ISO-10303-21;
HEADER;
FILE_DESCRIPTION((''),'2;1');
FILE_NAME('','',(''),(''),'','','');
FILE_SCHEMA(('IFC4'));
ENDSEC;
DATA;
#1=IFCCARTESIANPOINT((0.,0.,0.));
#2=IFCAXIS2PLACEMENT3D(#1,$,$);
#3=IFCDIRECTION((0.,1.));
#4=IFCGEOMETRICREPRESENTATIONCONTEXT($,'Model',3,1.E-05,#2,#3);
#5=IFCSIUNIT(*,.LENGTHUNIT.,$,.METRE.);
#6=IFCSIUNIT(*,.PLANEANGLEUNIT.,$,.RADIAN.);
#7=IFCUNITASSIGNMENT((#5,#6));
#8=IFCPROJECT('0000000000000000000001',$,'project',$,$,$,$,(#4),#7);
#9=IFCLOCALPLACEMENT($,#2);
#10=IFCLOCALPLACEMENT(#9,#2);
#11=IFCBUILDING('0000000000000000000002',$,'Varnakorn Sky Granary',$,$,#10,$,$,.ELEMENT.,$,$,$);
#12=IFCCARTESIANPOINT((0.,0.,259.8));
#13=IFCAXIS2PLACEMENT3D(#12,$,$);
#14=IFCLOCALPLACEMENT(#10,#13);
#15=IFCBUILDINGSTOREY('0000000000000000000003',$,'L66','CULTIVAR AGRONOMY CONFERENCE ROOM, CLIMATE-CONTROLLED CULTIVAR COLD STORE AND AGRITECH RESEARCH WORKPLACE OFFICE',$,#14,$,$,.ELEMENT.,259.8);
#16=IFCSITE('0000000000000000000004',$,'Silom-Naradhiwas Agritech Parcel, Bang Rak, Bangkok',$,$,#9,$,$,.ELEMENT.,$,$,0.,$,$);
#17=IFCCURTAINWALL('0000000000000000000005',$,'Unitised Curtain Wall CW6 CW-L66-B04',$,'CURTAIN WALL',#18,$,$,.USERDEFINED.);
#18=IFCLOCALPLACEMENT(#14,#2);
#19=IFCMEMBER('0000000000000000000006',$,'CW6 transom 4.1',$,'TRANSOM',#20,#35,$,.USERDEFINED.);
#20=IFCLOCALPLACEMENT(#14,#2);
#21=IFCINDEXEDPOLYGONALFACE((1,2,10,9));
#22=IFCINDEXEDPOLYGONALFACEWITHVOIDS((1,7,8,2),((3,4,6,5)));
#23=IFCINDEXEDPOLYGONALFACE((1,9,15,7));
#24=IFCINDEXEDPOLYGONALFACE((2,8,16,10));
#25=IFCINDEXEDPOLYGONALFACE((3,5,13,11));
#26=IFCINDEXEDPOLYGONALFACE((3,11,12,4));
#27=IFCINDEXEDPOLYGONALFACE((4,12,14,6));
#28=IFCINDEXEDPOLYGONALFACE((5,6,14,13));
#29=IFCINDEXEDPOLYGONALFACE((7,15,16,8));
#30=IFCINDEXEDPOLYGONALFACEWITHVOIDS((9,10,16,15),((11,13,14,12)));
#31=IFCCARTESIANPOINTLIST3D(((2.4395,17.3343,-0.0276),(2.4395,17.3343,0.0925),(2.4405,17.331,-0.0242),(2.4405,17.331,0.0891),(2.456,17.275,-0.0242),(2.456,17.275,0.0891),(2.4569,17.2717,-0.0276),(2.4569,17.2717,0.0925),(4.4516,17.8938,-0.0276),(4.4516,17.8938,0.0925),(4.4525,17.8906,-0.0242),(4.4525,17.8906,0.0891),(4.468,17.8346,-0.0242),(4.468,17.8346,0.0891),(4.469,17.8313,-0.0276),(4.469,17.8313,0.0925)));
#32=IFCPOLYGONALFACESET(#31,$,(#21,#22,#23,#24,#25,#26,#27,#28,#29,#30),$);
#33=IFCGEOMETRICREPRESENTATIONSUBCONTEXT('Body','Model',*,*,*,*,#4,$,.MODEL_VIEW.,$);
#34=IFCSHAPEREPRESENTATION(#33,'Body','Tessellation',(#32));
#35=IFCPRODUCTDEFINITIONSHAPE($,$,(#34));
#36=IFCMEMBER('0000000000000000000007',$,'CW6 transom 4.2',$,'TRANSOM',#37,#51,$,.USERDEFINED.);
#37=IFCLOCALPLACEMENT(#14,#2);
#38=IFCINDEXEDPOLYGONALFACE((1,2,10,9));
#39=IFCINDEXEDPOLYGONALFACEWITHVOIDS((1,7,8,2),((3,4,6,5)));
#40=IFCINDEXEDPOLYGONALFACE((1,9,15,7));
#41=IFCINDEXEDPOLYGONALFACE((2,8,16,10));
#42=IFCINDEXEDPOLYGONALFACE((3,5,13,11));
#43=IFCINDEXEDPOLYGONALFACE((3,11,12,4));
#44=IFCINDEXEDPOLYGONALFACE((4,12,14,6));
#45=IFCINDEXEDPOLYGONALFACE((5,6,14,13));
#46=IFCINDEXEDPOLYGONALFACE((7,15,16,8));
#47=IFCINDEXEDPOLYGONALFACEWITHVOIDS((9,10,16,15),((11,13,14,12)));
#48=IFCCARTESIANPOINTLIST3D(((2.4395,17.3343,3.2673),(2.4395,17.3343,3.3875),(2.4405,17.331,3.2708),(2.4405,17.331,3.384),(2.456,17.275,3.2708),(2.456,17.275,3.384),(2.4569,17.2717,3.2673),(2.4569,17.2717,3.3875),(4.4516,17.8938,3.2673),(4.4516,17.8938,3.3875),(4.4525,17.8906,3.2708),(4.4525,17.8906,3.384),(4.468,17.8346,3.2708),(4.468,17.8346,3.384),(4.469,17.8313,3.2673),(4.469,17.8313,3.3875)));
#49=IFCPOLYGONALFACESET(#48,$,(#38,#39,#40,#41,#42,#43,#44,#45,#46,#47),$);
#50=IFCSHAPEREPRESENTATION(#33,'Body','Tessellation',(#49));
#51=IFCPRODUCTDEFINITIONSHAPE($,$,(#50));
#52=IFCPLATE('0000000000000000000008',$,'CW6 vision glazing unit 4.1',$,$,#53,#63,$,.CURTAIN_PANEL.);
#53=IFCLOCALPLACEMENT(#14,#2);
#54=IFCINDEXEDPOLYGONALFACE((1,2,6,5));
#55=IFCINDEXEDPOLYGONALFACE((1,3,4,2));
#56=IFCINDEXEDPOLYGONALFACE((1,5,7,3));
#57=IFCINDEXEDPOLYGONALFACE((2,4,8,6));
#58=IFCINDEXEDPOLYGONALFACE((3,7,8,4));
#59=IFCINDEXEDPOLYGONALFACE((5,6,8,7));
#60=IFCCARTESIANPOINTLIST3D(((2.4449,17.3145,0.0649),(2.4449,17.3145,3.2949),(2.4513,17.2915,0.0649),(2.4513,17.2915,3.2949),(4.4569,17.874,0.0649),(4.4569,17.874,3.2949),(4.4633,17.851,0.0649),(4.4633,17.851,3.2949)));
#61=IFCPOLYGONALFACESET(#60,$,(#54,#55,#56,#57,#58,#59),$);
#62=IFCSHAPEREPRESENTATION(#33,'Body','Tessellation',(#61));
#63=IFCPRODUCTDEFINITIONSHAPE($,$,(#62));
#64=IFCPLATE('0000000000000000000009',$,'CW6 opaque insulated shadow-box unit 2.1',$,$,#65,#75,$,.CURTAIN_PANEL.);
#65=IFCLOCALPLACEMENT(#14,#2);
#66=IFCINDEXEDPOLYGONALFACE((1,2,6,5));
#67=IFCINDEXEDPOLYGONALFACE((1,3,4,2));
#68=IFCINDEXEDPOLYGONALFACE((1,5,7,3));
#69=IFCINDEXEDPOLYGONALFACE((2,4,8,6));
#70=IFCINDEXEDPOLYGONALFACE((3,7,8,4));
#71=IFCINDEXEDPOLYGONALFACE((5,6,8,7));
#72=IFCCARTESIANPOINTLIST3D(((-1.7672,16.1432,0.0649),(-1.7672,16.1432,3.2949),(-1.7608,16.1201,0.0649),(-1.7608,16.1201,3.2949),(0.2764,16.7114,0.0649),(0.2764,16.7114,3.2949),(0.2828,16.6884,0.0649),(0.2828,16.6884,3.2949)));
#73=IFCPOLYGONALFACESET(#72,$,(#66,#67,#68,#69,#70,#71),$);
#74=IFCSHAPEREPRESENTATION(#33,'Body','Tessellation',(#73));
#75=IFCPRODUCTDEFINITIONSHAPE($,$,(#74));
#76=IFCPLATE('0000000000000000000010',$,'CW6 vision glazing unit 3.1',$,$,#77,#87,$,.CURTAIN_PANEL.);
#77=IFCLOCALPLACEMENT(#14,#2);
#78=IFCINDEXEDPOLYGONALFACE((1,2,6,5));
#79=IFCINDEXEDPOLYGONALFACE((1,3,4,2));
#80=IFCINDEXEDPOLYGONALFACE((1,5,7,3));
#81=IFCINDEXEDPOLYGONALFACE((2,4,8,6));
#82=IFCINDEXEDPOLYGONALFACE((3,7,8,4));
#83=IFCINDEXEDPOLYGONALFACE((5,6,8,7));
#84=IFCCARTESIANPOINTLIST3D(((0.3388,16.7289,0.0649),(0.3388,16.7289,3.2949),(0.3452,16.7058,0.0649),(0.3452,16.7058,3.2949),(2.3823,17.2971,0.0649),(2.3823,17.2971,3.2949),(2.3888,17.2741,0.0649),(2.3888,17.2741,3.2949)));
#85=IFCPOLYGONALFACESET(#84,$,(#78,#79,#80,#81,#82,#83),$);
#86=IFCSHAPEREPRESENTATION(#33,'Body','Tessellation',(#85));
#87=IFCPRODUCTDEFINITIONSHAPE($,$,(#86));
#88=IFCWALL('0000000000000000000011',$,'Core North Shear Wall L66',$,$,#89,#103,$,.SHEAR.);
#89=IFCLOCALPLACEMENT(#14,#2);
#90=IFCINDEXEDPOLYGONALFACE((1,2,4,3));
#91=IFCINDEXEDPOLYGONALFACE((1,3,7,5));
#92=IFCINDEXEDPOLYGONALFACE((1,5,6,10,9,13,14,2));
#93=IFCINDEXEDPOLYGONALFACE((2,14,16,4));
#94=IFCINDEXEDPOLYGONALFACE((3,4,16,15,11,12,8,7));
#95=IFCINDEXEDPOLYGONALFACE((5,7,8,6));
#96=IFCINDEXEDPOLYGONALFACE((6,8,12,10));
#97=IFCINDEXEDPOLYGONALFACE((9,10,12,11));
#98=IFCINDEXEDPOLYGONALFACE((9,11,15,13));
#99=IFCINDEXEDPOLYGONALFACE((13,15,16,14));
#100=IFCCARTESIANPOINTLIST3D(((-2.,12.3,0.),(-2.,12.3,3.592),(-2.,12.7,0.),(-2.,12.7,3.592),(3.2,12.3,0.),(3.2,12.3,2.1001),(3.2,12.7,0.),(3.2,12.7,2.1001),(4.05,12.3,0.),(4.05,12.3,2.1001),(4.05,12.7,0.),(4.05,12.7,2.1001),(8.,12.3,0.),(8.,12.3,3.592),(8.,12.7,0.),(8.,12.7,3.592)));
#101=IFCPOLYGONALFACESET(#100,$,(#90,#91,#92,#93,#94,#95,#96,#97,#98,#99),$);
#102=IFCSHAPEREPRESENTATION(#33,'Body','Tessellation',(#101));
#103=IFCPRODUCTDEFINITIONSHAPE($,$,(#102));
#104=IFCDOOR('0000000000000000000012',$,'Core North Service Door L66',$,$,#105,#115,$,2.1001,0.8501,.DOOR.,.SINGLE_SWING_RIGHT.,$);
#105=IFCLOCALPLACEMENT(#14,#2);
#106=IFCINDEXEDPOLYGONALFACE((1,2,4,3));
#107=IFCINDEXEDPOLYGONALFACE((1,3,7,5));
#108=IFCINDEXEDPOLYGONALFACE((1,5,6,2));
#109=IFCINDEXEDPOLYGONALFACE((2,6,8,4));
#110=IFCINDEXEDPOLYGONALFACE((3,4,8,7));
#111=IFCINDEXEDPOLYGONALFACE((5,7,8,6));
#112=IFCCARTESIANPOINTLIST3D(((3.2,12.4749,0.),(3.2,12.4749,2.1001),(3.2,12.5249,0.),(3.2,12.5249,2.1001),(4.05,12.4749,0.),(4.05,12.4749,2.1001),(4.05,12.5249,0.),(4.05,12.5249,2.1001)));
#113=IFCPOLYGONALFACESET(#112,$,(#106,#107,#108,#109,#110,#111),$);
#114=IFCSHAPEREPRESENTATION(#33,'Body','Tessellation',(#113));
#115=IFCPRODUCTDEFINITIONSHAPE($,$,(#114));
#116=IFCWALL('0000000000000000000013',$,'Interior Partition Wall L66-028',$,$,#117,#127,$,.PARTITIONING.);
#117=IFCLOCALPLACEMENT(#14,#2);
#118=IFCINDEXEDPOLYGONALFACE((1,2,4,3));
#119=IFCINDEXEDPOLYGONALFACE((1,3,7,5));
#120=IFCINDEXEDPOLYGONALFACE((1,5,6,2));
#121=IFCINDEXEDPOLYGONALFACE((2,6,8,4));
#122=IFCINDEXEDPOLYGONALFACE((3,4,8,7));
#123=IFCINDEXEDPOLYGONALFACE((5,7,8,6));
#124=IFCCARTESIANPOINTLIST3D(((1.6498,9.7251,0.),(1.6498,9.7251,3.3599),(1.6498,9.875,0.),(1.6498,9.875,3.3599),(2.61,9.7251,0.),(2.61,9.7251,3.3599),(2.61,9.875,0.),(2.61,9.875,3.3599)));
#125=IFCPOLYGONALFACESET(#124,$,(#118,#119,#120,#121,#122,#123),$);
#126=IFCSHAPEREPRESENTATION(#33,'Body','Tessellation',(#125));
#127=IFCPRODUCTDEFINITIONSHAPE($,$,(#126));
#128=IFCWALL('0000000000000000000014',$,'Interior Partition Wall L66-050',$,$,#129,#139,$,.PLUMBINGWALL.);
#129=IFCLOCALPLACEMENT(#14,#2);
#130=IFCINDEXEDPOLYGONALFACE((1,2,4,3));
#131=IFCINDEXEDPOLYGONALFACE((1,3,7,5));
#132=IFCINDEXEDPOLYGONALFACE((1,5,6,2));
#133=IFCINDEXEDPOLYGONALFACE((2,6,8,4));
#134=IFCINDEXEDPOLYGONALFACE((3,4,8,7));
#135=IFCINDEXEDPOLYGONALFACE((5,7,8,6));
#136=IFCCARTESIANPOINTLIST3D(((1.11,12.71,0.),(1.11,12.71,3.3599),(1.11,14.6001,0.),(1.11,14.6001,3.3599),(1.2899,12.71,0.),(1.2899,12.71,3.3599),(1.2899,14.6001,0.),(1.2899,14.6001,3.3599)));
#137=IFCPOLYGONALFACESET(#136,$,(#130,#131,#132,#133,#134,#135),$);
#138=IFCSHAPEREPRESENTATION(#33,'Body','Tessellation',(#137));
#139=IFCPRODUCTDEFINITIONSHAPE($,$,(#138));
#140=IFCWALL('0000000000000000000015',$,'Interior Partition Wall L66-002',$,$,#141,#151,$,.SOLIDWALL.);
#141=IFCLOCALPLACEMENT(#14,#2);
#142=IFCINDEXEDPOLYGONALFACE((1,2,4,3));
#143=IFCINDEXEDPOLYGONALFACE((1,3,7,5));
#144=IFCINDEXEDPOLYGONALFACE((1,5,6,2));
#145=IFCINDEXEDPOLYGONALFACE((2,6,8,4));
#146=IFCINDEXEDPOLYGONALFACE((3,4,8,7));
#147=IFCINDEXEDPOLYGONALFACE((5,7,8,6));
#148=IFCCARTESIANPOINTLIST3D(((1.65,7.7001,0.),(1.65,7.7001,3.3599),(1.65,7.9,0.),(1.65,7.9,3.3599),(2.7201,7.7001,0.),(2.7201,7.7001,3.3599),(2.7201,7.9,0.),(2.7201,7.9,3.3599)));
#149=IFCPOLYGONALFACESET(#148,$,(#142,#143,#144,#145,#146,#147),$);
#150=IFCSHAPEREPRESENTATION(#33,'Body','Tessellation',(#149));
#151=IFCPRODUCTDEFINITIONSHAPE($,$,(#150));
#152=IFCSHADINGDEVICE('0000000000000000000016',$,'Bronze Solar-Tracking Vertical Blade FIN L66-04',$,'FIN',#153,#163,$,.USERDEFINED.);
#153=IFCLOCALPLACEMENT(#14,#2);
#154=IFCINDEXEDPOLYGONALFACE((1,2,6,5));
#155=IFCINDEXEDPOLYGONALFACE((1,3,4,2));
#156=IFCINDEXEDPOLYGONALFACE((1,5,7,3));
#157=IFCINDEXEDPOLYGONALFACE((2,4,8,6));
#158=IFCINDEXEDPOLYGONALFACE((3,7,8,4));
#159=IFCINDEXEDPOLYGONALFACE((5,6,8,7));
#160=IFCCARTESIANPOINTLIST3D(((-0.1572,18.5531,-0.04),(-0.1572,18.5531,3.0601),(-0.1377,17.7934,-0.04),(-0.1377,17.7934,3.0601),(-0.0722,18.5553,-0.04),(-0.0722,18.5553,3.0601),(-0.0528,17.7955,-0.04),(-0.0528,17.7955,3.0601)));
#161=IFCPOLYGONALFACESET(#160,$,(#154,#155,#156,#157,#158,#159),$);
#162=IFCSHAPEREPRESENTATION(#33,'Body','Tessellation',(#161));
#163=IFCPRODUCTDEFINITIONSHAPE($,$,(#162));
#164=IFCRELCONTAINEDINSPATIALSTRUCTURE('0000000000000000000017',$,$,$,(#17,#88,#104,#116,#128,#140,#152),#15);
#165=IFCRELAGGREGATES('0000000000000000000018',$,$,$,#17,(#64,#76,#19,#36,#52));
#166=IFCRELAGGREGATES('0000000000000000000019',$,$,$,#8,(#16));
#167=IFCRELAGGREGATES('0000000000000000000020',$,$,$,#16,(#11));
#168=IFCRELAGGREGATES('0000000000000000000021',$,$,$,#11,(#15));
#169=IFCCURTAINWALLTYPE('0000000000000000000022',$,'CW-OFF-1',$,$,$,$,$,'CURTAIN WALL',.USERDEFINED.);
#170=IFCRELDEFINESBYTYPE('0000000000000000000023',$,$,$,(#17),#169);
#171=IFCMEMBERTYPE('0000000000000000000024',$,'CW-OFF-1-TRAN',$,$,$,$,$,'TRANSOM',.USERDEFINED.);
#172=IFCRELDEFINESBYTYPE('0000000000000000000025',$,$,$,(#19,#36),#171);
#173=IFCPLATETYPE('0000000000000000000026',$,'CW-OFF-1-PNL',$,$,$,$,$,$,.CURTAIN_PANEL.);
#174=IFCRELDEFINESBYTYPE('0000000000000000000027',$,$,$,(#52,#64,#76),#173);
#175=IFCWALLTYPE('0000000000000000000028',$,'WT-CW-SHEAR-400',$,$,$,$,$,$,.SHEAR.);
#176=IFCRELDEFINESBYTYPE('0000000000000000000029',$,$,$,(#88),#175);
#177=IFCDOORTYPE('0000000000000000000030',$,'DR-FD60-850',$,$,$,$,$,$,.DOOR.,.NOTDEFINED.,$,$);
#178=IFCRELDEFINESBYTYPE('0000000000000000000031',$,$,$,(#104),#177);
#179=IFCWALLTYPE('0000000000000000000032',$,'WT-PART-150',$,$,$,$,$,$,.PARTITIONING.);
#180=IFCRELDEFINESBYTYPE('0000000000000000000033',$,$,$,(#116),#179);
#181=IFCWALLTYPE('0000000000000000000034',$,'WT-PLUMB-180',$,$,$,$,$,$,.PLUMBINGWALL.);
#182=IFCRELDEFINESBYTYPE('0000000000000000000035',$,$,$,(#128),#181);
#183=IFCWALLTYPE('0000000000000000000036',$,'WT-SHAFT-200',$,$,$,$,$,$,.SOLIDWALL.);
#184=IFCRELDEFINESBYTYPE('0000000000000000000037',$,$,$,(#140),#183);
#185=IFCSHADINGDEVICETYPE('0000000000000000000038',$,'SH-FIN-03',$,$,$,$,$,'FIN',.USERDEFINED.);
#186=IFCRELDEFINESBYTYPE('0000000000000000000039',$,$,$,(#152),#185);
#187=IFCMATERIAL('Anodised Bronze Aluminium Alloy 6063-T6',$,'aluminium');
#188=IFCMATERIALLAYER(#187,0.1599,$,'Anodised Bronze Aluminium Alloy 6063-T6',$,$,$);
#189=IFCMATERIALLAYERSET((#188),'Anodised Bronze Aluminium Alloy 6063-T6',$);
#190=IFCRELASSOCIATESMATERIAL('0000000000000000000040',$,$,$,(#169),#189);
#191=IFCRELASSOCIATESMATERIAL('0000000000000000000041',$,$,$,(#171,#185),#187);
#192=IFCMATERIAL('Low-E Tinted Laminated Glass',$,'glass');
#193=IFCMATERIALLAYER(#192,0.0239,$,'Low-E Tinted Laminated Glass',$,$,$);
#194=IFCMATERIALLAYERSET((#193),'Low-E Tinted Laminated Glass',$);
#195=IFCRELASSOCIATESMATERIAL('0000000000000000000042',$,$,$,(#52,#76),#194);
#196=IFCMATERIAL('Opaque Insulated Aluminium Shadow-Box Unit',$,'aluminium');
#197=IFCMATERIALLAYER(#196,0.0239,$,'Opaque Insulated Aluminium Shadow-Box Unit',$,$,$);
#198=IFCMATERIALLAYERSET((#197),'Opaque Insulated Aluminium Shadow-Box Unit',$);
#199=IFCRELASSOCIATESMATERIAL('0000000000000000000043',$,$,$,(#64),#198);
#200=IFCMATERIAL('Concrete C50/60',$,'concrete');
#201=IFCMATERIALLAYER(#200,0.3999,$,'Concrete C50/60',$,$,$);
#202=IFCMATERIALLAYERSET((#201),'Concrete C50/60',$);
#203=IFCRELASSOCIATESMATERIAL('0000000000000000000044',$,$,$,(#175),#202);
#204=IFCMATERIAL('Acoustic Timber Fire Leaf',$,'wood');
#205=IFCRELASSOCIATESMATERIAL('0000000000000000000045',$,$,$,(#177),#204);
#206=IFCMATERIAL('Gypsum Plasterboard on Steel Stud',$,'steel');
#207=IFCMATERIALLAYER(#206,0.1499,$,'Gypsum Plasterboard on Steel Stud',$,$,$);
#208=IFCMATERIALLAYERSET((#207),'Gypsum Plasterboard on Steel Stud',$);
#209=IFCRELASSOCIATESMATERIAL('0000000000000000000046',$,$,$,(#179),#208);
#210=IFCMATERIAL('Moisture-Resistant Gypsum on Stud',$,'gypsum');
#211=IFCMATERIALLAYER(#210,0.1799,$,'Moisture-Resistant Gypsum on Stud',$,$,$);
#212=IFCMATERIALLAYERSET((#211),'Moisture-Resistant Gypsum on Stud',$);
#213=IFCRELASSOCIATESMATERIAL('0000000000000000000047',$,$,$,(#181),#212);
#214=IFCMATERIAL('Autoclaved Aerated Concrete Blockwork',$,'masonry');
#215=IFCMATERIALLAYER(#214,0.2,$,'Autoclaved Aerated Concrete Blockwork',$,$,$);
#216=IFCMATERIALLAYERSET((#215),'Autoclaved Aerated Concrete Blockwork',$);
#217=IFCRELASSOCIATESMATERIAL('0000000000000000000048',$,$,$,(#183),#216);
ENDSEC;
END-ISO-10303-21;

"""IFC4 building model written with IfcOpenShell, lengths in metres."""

from ifc_helpers import new_model, si_unit, direction, frame, frame_2d, origin, origin_2d, place, context, subcontext, project, spatial, rectangle, hollow_rectangle, extrude, source, transform, mapped, material, layer, layer_set, material_profile, profile_set, type_object, type_shapes, element, fill, aggregate, save


model = new_model("IFC4")

# Units and contexts
model_context = context("Model", 3, precision=1e-05, world=origin(), true_north=direction((0.0, 1.0)))
body_context = subcontext(model_context, "Body", "Model", "MODEL_VIEW")
ifc_project = project(units=[si_unit("LENGTHUNIT", "METRE"), si_unit("PLANEANGLEUNIT", "RADIAN")], contexts=[model_context])

# Site, building, storey
site_placement = place(None, origin())
site = spatial("IfcSite", under=ifc_project, at=site_placement, Name="Silom-Naradhiwas Agritech Parcel, Bang Rak, Bangkok", CompositionType="ELEMENT", RefElevation=0.0)
building_placement = place(site_placement, origin())
building = spatial("IfcBuilding", under=site, at=building_placement, Name="Varnakorn Sky Granary", CompositionType="ELEMENT")
storey_placement = place(building_placement, frame((0.0, 0.0, 259.8)))
storey = spatial("IfcBuildingStorey", under=building, at=storey_placement, Name="L66", Description="CULTIVAR AGRONOMY CONFERENCE ROOM, CLIMATE-CONTROLLED CULTIVAR COLD STORE AND AGRITECH RESEARCH WORKPLACE OFFICE", CompositionType="ELEMENT", Elevation=259.8)

# Curtain wall, members, plates
ifc_material_1 = material(Name="Anodised Bronze Aluminium Alloy 6063-T6", Category="aluminium")
ifc_layer_1 = layer(ifc_material_1, 0.1599, Name="Anodised Bronze Aluminium Alloy 6063-T6")
ifc_layer_set_1 = layer_set([ifc_layer_1], Name="Anodised Bronze Aluminium Alloy 6063-T6")
curtain_wall_type = type_object("IfcCurtainWallType", Name="CW-OFF-1", ElementType="CURTAIN WALL", PredefinedType="USERDEFINED", material=ifc_layer_set_1)
curtain_wall_placement = place(storey_placement, origin())
curtain_wall = element("IfcCurtainWall", 1, at=curtain_wall_placement, inside=storey, type_object=curtain_wall_type, Name="Unitised Curtain Wall CW6 CW-L66-B04", ObjectType="CURTAIN WALL", PredefinedType="USERDEFINED")
ifc_material_profile_1 = material_profile(ifc_material_1, hollow_rectangle(XDim=0.0649, YDim=0.1201, WallThickness=0.0034, at=origin_2d()), Name="ALU TRAN 65x120")
ifc_profile_set_1 = profile_set([ifc_material_profile_1], Name="Anodised Bronze Aluminium Alloy 6063-T6")
member_type_1 = type_object("IfcMemberType", Name="CW-OFF-1-TRAN", ElementType="TRANSOM", PredefinedType="USERDEFINED", material=ifc_profile_set_1)
member_1_placement = place(storey_placement, frame((2.4482, 17.303, 0.0325), z_axis=(0.963432, 0.267951, 0.0), x_axis=(-0.267951, 0.963432, 0.0)))
member_1 = element("IfcMember", 2, at=member_1_placement, type_object=member_type_1, Name="CW6 transom 4.1", ObjectType="TRANSOM", PredefinedType="USERDEFINED", context=body_context, shape_type="SweptSolid", body=[
    extrude(hollow_rectangle(XDim=0.0649, YDim=0.1201, WallThickness=0.0034, at=origin_2d()), origin(), (0.0, 0.0, 1.0), 2.0884),
])
member_2_placement = place(storey_placement, frame((2.4482, 17.303, 3.3274), z_axis=(0.963432, 0.267951, 0.0), x_axis=(-0.267951, 0.963432, 0.0)))
member_2 = element("IfcMember", 3, at=member_2_placement, type_object=member_type_1, Name="CW6 transom 4.2", ObjectType="TRANSOM", PredefinedType="USERDEFINED", context=body_context, shape_type="SweptSolid", body=[
    extrude(hollow_rectangle(XDim=0.0649, YDim=0.1201, WallThickness=0.0034, at=origin_2d()), origin(), (0.0, 0.0, 1.0), 2.0884),
])
ifc_material_2 = material(Name="Low-E Tinted Laminated Glass", Category="glass")
ifc_layer_2 = layer(ifc_material_2, 0.0239, Name="Low-E Tinted Laminated Glass")
ifc_layer_set_2 = layer_set([ifc_layer_2], Name="Low-E Tinted Laminated Glass")
plate_type = type_object("IfcPlateType", Name="CW-OFF-1-PNL", PredefinedType="CURTAIN_PANEL")
shared_shape_1 = source(origin(), body_context, "Body", "SweptSolid", [
    extrude(rectangle(XDim=2.0884, YDim=0.0239, at=origin_2d()), origin(), (0.0, 0.0, 1.0), 3.23),
])
plate_1_placement = place(storey_placement, frame((3.4541, 17.5828, 0.0649), z_axis=(0.0, 0.0, 1.0), x_axis=(0.963444, 0.267911, 0.0)))
plate_1 = element("IfcPlate", 4, at=plate_1_placement, type_object=plate_type, material=ifc_layer_set_2, Name="CW6 vision glazing unit 4.1", PredefinedType="CURTAIN_PANEL", context=body_context, shape_type="MappedRepresentation", body=[
    mapped(shared_shape_1, transform((0.0, 0.0, 0.0), x_axis=(1.0, 0.0, 0.0), y_axis=(0.0, 1.0, 0.0), z_axis=(0.0, 0.0, 1.0), scale=1.0)),
])
ifc_material_3 = material(Name="Opaque Insulated Aluminium Shadow-Box Unit", Category="aluminium")
ifc_layer_3 = layer(ifc_material_3, 0.0239, Name="Opaque Insulated Aluminium Shadow-Box Unit")
ifc_layer_set_3 = layer_set([ifc_layer_3], Name="Opaque Insulated Aluminium Shadow-Box Unit")
shared_shape_2 = source(origin(), body_context, "Body", "SweptSolid", [
    extrude(rectangle(XDim=2.1211, YDim=0.0239, at=origin_2d()), origin(), (0.0, 0.0, 1.0), 3.23),
])
type_shapes(plate_type, [shared_shape_1, shared_shape_2])
plate_2_placement = place(storey_placement, frame((-0.7422, 16.4158, 0.0649), z_axis=(0.0, 0.0, 1.0), x_axis=(0.963444, 0.267911, 0.0)))
plate_2 = element("IfcPlate", 5, at=plate_2_placement, type_object=plate_type, material=ifc_layer_set_3, Name="CW6 opaque insulated shadow-box unit 2.1", PredefinedType="CURTAIN_PANEL", context=body_context, shape_type="MappedRepresentation", body=[
    mapped(shared_shape_2, transform((0.0, 0.0, 0.0), x_axis=(1.0, 0.0, 0.0), y_axis=(0.0, 1.0, 0.0), z_axis=(0.0, 0.0, 1.0), scale=1.0)),
])
plate_3_placement = place(storey_placement, frame((1.3638, 17.0015, 0.0649), z_axis=(0.0, 0.0, 1.0), x_axis=(0.963444, 0.267911, 0.0)))
plate_3 = element("IfcPlate", 6, at=plate_3_placement, type_object=plate_type, material=ifc_layer_set_2, Name="CW6 vision glazing unit 3.1", PredefinedType="CURTAIN_PANEL", context=body_context, shape_type="MappedRepresentation", body=[
    mapped(shared_shape_2, transform((0.0, 0.0, 0.0), x_axis=(1.0, 0.0, 0.0), y_axis=(0.0, 1.0, 0.0), z_axis=(0.0, 0.0, 1.0), scale=1.0)),
])
aggregate(curtain_wall, [plate_2, plate_3, member_1, member_2, plate_1])

# Wall, opening, door
ifc_material_4 = material(Name="Concrete C50/60", Category="concrete")
ifc_layer_4 = layer(ifc_material_4, 0.3999, Name="Concrete C50/60")
ifc_layer_set_4 = layer_set([ifc_layer_4], Name="Concrete C50/60")
wall_type_1 = type_object("IfcWallType", Name="WT-CW-SHEAR-400", PredefinedType="SHEAR", material=ifc_layer_set_4)
wall_1_placement = place(storey_placement, frame((-2.0, 12.5, 0.0), z_axis=(0.0, 0.0, 1.0), x_axis=(1.0, 0.0, 0.0)))
wall_1 = element("IfcWall", 7, at=wall_1_placement, inside=storey, type_object=wall_type_1, Name="Core North Shear Wall L66", PredefinedType="SHEAR", context=body_context, shape_type="SweptSolid", body=[
    extrude(rectangle(XDim=10.0, YDim=0.3999, at=frame_2d((5.0, 0.0))), origin(), (0.0, 0.0, 1.0), 3.592),
])
opening_placement = place(wall_1_placement, frame((5.2, 0.0, 0.0)))
opening = element("IfcOpeningElement", 8, at=opening_placement, cuts=wall_1, PredefinedType="OPENING", context=body_context, shape_type="SweptSolid", body=[
    extrude(rectangle(XDim=0.8501, YDim=2.1001, at=frame_2d((0.425, 1.05))), frame((0.0, 0.21, 0.0), z_axis=(0.0, -1.0, 0.0), x_axis=(1.0, 0.0, 0.0)), (0.0, 0.0, 1.0), 0.4199),
])
ifc_material_5 = material(Name="Acoustic Timber Fire Leaf", Category="wood")
door_type = type_object("IfcDoorType", Name="DR-FD60-850", OperationType="NOTDEFINED", PredefinedType="DOOR", material=ifc_material_5)
door_placement = place(opening_placement, origin())
door = element("IfcDoor", 9, at=door_placement, inside=storey, type_object=door_type, Name="Core North Service Door L66", OperationType="SINGLE_SWING_RIGHT", OverallHeight=2.1001, OverallWidth=0.8501, PredefinedType="DOOR", context=body_context, shape_type="SweptSolid", body=[
    extrude(rectangle(XDim=0.8501, YDim=2.1001, at=frame_2d((0.425, 1.05))), frame((0.0, 0.0249, 0.0), z_axis=(0.0, -1.0, 0.0), x_axis=(1.0, 0.0, 0.0)), (0.0, 0.0, 1.0), 0.05),
])
fill(opening, door)

# Walls
ifc_material_6 = material(Name="Gypsum Plasterboard on Steel Stud", Category="steel")
ifc_layer_5 = layer(ifc_material_6, 0.1499, Name="Gypsum Plasterboard on Steel Stud")
ifc_layer_set_5 = layer_set([ifc_layer_5], Name="Gypsum Plasterboard on Steel Stud")
wall_type_2 = type_object("IfcWallType", Name="WT-PART-150", PredefinedType="PARTITIONING", material=ifc_layer_set_5)
wall_2_placement = place(storey_placement, frame((1.6499, 9.8, 0.0), z_axis=(0.0, 0.0, 1.0), x_axis=(1.0, 0.0, 0.0)))
element("IfcWall", 10, at=wall_2_placement, inside=storey, type_object=wall_type_2, Name="Interior Partition Wall L66-028", PredefinedType="PARTITIONING", context=body_context, shape_type="SweptSolid", body=[
    extrude(rectangle(XDim=0.9602, YDim=0.1499, at=frame_2d((0.48, 0.0))), origin(), (0.0, 0.0, 1.0), 3.3599),
])
ifc_material_7 = material(Name="Moisture-Resistant Gypsum on Stud", Category="gypsum")
ifc_layer_6 = layer(ifc_material_7, 0.1799, Name="Moisture-Resistant Gypsum on Stud")
ifc_layer_set_6 = layer_set([ifc_layer_6], Name="Moisture-Resistant Gypsum on Stud")
wall_type_3 = type_object("IfcWallType", Name="WT-PLUMB-180", PredefinedType="PLUMBINGWALL", material=ifc_layer_set_6)
wall_3_placement = place(storey_placement, frame((1.2, 14.6001, 0.0), z_axis=(0.0, 0.0, 1.0), x_axis=(0.0, -1.0, 0.0)))
element("IfcWall", 11, at=wall_3_placement, inside=storey, type_object=wall_type_3, Name="Interior Partition Wall L66-050", PredefinedType="PLUMBINGWALL", context=body_context, shape_type="SweptSolid", body=[
    extrude(rectangle(XDim=1.8901, YDim=0.1799, at=frame_2d((0.9451, 0.0))), origin(), (0.0, 0.0, 1.0), 3.3599),
])
ifc_material_8 = material(Name="Autoclaved Aerated Concrete Blockwork", Category="masonry")
ifc_layer_7 = layer(ifc_material_8, 0.2, Name="Autoclaved Aerated Concrete Blockwork")
ifc_layer_set_7 = layer_set([ifc_layer_7], Name="Autoclaved Aerated Concrete Blockwork")
wall_type_4 = type_object("IfcWallType", Name="WT-SHAFT-200", PredefinedType="SOLIDWALL", material=ifc_layer_set_7)
wall_4_placement = place(storey_placement, frame((1.6499, 7.8, 0.0), z_axis=(0.0, 0.0, 1.0), x_axis=(1.0, 0.0, 0.0)))
element("IfcWall", 12, at=wall_4_placement, inside=storey, type_object=wall_type_4, Name="Interior Partition Wall L66-002", PredefinedType="SOLIDWALL", context=body_context, shape_type="SweptSolid", body=[
    extrude(rectangle(XDim=1.0701, YDim=0.2, at=frame_2d((0.5352, 0.0))), origin(), (0.0, 0.0, 1.0), 3.3599),
])

# Shading device
shading_device_type = type_object("IfcShadingDeviceType", Name="SH-FIN-03", ElementType="FIN", PredefinedType="USERDEFINED", material=ifc_material_1)
shared_shape_3 = source(origin(), body_context, "Body", "SweptSolid", [
    extrude(rectangle(XDim=0.085, YDim=0.76, at=origin_2d()), origin(), (0.0, 0.0, 1.0), 3.1001),
])
type_shapes(shading_device_type, [shared_shape_3])
shading_device_placement = place(storey_placement, frame((-0.105, 18.1743, -0.04), z_axis=(0.0, 0.0, 1.0), x_axis=(-0.999673, -0.025555, 0.0)))
element("IfcShadingDevice", 13, at=shading_device_placement, inside=storey, type_object=shading_device_type, Name="Bronze Solar-Tracking Vertical Blade FIN L66-04", ObjectType="FIN", PredefinedType="USERDEFINED", context=body_context, shape_type="MappedRepresentation", body=[
    mapped(shared_shape_3, transform((0.0, 0.0, 0.0), x_axis=(1.0, 0.0, 0.0), y_axis=(0.0, 1.0, 0.0), z_axis=(0.0, 0.0, 1.0), scale=1.0)),
])

save(model, "model.ifc")
